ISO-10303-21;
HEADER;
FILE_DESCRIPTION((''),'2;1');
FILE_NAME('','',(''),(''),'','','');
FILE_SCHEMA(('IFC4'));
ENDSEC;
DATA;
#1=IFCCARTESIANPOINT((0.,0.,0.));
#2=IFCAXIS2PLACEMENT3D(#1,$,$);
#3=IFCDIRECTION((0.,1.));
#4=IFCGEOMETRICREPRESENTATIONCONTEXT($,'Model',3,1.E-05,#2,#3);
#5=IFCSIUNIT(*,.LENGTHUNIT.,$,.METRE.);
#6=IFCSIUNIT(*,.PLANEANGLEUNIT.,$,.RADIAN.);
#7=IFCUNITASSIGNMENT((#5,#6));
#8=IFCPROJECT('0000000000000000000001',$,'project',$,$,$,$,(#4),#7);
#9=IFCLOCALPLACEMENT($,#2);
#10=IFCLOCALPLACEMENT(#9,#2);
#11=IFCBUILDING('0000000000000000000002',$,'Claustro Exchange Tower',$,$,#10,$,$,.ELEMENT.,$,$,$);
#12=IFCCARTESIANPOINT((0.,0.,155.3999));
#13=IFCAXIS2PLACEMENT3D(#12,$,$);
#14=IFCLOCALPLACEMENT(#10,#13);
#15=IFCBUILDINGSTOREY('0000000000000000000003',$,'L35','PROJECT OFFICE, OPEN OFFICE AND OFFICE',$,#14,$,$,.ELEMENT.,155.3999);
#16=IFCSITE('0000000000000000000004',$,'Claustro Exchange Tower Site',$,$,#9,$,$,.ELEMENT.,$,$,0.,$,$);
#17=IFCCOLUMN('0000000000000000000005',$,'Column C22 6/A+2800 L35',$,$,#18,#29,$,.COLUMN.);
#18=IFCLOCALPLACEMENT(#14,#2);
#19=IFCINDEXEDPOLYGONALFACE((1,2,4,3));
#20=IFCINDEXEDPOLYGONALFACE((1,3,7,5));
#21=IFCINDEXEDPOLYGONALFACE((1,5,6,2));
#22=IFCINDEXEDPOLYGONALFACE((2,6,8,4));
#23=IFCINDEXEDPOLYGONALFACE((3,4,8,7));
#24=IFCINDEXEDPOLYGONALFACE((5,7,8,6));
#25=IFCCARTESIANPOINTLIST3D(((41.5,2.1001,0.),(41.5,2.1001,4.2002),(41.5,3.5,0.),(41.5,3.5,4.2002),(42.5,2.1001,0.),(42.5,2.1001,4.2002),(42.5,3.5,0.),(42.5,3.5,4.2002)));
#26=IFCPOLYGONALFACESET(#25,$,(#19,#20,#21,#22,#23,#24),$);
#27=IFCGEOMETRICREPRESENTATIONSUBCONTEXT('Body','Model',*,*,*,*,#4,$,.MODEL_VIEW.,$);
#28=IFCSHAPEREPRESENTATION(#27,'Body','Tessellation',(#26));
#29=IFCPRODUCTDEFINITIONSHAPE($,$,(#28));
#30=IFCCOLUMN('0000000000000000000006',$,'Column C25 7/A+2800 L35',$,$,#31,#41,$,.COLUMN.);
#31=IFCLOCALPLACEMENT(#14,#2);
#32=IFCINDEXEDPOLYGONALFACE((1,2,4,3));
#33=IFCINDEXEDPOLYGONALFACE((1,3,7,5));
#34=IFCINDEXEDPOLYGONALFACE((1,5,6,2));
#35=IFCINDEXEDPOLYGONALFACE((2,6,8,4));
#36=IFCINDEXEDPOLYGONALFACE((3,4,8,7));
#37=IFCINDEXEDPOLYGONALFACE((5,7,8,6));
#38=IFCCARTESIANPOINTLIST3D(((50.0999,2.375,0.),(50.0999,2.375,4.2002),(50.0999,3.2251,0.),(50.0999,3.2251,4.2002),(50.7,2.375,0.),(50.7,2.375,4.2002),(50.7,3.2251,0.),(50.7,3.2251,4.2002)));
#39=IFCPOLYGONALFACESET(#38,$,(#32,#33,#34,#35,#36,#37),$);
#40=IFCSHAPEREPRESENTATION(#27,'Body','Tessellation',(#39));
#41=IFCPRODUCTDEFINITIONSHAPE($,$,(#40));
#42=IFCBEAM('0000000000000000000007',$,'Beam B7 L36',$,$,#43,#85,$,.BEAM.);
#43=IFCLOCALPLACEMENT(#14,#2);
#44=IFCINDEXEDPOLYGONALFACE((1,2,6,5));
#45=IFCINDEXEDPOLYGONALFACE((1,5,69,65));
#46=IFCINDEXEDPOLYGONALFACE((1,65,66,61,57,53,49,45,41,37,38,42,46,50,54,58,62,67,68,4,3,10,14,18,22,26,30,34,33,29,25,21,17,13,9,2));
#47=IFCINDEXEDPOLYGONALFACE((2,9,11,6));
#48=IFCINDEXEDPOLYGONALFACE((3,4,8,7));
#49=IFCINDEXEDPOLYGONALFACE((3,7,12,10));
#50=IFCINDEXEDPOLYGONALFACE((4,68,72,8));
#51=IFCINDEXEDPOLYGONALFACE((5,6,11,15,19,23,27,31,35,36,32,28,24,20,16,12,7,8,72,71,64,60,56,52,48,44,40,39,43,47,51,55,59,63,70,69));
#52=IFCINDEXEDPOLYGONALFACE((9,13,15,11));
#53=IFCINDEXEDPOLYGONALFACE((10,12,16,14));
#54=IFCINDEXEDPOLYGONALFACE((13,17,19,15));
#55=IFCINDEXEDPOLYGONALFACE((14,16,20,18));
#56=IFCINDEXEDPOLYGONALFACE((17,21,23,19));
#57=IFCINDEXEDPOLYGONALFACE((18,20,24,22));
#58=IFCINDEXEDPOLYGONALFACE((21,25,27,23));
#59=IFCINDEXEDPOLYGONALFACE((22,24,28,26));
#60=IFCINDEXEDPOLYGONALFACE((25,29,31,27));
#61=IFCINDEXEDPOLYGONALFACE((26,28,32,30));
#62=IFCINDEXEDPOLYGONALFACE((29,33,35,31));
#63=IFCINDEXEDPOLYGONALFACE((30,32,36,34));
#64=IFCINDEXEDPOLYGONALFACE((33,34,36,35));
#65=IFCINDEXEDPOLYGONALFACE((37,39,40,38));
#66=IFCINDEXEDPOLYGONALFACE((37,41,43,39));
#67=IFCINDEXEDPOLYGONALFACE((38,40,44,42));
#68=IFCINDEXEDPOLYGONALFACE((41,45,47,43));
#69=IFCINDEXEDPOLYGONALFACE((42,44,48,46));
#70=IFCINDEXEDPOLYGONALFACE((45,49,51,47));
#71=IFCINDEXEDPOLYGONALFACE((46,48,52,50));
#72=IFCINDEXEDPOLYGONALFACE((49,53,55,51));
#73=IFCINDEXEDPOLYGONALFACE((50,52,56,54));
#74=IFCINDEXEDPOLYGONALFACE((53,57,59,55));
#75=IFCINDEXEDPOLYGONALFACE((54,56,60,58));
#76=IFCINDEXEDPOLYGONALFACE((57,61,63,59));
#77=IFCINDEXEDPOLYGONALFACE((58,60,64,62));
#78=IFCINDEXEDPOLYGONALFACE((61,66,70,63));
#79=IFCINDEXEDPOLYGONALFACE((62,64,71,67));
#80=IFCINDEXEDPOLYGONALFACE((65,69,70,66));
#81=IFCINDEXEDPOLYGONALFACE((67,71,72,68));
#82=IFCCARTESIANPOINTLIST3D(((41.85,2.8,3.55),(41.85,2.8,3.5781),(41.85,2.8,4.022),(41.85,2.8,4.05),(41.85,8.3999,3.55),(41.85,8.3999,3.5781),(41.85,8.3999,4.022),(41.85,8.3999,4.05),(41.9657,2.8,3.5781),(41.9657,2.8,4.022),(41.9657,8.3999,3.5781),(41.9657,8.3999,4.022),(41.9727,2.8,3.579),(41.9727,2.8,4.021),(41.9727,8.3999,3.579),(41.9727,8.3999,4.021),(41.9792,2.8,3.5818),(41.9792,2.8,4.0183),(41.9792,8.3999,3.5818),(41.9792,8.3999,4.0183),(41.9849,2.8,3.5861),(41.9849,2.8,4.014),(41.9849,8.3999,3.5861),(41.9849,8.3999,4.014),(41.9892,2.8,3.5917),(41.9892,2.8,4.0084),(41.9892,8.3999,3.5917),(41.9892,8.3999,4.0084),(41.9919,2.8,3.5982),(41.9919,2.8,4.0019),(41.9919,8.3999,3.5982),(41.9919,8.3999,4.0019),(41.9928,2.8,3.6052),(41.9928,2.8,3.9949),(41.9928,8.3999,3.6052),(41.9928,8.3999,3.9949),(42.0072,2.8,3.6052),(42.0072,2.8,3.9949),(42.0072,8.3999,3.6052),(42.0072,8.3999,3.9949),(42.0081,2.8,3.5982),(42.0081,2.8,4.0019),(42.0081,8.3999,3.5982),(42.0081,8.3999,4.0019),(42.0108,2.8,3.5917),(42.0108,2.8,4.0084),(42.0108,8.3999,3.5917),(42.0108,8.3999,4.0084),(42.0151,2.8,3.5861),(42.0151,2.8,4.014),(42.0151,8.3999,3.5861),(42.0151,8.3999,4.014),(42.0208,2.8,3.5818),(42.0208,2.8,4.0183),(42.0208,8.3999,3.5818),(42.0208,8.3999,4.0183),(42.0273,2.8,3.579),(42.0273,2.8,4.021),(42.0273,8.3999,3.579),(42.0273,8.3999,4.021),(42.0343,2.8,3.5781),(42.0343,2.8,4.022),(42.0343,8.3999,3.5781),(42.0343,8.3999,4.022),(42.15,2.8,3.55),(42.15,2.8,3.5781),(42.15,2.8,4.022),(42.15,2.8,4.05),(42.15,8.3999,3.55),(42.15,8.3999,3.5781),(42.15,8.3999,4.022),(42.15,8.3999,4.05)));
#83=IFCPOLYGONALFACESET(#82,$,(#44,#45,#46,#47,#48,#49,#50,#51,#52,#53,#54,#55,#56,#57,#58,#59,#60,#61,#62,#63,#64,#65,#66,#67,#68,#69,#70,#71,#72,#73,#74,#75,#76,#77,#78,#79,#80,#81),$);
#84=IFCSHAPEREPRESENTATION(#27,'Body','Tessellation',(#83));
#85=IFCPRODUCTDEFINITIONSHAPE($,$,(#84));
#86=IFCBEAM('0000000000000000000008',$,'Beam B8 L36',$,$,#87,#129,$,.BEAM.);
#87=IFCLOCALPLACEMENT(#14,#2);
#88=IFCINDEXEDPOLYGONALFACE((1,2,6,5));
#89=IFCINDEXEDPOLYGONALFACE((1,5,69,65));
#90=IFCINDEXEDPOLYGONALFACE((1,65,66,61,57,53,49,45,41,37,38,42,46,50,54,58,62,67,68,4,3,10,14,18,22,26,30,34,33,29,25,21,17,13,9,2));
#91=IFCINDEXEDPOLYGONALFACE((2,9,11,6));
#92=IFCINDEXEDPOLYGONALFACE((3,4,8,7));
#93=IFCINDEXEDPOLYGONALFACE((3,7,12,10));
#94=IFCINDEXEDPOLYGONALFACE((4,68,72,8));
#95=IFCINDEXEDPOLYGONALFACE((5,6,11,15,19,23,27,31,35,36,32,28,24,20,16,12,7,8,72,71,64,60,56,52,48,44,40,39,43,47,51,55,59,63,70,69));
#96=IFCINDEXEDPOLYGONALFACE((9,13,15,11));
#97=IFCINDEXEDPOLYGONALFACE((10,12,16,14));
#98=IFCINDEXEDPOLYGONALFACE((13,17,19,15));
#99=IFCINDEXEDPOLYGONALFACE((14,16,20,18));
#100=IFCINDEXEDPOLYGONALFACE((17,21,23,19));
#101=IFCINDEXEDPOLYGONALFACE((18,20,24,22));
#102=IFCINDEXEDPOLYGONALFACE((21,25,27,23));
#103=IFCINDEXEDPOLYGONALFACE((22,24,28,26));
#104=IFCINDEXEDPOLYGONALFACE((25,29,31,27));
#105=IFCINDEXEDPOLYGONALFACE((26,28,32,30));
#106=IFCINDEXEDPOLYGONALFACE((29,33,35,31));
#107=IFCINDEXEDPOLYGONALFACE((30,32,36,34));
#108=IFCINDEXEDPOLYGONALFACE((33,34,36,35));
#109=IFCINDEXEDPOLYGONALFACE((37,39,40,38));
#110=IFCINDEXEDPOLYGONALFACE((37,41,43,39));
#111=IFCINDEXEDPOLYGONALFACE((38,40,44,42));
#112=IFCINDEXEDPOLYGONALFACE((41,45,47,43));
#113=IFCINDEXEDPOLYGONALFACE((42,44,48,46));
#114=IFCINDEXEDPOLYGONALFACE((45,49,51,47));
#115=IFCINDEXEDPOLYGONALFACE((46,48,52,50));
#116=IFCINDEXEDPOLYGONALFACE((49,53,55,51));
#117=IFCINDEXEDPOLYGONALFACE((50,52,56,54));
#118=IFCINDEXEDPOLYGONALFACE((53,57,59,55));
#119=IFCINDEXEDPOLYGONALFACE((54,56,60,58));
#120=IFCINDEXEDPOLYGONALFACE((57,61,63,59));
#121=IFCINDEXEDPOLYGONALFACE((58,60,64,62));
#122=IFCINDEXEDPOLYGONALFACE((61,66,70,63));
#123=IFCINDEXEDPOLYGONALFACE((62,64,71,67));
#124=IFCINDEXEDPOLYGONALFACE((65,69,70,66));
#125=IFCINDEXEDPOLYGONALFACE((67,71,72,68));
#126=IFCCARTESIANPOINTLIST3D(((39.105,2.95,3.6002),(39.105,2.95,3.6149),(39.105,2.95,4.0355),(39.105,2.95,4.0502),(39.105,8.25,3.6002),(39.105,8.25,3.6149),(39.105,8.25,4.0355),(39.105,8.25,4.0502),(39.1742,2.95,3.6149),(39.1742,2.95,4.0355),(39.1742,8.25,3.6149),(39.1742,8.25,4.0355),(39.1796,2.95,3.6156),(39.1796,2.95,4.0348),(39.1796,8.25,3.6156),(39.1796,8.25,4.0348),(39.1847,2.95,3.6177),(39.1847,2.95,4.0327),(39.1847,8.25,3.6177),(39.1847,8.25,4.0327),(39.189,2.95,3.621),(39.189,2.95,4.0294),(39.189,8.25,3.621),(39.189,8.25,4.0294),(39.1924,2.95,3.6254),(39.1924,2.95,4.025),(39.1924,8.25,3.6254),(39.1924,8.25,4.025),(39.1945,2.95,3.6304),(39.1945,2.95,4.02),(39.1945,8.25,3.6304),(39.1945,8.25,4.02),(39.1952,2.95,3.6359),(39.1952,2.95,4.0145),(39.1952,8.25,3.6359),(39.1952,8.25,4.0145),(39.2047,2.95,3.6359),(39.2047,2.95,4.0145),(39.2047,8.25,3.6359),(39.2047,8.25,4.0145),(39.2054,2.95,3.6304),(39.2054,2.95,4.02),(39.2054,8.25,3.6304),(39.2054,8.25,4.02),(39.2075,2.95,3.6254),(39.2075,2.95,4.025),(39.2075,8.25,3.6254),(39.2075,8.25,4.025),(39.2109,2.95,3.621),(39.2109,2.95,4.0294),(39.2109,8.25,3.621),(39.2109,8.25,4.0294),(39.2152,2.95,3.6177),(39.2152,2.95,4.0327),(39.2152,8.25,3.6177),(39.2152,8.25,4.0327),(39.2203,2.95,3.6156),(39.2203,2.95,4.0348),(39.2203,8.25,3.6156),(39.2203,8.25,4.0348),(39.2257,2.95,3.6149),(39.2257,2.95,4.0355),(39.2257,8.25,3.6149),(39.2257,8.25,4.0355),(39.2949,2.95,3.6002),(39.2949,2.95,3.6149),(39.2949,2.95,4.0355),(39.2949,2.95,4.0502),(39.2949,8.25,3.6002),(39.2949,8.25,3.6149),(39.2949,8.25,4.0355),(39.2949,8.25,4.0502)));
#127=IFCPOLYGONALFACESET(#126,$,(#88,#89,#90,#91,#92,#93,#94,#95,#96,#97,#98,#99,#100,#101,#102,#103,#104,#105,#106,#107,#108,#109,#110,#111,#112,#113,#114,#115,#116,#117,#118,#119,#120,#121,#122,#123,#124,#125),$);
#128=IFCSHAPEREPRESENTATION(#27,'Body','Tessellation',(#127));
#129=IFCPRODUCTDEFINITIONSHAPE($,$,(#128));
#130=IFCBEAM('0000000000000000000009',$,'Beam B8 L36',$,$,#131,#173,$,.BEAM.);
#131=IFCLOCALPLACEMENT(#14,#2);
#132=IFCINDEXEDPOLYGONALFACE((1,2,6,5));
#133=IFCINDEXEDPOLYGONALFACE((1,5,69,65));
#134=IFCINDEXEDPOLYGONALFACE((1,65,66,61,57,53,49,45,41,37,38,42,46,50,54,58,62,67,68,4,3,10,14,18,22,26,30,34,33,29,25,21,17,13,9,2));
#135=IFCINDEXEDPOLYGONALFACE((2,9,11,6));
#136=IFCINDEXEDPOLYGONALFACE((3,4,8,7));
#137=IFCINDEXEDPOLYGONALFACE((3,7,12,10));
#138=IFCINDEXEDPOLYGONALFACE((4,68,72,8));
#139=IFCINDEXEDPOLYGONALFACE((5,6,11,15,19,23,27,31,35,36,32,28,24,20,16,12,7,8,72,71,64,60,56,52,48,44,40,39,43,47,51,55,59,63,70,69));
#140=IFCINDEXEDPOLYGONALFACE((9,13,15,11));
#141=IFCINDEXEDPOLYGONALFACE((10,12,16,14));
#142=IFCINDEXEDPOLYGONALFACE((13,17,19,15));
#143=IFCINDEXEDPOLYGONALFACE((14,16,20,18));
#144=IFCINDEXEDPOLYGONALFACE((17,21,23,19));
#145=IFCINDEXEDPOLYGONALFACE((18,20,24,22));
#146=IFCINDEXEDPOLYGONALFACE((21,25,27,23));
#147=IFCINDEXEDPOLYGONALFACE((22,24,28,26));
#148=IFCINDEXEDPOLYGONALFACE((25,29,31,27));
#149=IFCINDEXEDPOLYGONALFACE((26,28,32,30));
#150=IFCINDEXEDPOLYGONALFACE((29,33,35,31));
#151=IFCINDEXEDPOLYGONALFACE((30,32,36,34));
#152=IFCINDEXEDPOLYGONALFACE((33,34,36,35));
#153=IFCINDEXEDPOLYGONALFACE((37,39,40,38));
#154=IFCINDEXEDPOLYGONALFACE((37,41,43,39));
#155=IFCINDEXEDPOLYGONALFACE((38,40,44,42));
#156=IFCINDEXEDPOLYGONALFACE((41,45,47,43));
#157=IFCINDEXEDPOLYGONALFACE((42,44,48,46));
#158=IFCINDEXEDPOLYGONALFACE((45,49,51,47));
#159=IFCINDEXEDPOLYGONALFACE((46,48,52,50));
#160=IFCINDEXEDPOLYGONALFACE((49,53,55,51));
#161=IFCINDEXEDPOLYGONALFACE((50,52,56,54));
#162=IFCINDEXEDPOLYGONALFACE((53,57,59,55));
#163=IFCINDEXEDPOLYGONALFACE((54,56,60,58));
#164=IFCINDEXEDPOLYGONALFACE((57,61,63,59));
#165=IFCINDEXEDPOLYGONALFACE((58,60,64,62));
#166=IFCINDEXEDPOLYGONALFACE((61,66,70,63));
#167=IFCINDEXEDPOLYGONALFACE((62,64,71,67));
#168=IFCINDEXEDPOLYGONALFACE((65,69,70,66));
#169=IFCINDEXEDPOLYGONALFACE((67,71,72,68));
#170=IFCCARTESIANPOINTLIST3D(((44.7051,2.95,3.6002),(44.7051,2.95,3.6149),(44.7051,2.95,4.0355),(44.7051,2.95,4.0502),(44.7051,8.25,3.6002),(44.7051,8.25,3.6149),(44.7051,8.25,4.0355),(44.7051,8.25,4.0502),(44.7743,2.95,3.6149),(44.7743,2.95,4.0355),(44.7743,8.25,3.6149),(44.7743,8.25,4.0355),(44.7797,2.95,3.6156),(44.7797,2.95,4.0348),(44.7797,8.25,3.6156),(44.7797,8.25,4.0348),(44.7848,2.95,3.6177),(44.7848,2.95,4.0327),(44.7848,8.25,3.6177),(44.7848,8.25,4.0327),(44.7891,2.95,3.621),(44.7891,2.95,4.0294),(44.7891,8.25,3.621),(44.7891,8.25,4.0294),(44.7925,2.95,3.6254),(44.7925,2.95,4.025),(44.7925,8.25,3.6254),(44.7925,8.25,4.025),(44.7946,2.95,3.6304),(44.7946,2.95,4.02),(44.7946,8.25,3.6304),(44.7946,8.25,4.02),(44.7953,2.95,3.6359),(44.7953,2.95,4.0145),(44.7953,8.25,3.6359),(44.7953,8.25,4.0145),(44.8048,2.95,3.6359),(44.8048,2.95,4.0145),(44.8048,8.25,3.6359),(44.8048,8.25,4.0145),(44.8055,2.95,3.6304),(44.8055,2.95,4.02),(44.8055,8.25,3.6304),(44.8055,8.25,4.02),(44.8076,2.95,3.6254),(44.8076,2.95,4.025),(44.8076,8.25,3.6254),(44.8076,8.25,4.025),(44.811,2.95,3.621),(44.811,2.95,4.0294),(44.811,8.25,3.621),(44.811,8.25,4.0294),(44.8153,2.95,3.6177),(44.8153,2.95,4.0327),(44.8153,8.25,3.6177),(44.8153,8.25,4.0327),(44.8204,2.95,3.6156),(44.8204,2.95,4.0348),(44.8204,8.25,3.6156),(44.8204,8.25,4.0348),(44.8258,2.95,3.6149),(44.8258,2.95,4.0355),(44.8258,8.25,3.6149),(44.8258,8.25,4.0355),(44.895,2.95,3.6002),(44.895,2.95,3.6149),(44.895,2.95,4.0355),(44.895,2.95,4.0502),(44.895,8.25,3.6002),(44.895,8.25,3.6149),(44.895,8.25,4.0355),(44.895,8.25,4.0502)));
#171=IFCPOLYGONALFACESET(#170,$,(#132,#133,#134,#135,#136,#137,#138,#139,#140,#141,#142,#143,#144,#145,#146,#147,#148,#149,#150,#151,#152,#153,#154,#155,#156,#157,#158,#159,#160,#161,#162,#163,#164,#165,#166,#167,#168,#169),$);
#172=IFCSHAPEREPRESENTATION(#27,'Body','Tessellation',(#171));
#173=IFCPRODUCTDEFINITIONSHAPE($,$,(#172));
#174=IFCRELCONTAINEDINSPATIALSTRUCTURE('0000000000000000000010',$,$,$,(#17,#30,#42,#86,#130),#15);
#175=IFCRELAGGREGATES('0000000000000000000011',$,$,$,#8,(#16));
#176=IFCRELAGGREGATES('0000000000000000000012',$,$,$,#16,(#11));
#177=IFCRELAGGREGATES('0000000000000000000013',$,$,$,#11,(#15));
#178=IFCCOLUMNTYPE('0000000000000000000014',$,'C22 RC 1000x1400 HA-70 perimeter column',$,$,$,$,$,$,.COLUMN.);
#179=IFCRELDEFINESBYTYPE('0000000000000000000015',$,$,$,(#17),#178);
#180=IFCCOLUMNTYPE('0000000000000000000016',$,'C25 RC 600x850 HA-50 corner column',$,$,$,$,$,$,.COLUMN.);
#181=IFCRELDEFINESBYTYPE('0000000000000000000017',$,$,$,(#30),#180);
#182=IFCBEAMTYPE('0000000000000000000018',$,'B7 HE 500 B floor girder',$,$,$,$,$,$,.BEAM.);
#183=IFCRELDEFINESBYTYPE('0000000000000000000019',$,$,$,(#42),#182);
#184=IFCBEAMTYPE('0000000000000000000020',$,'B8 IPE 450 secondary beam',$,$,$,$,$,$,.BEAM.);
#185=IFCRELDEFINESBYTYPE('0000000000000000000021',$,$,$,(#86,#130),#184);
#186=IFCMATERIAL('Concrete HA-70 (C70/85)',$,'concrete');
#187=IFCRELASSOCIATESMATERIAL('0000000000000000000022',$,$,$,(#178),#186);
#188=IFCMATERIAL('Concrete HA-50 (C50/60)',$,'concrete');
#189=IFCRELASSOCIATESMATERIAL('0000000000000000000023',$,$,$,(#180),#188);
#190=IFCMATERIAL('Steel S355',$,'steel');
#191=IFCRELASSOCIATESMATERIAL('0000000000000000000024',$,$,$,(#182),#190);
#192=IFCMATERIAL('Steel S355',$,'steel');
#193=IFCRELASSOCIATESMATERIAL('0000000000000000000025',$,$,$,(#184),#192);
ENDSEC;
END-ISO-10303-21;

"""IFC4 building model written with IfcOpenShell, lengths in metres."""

from ifc_helpers import new_model, si_unit, direction, frame, origin, origin_2d, place, context, subcontext, project, spatial, rectangle, i_section, extrude, material, material_profile, profile_set, type_object, element, save


model = new_model("IFC4")

# Units and contexts
model_context = context("Model", 3, precision=1e-05, world=origin(), true_north=direction((0.0, 1.0)))
body_context = subcontext(model_context, "Body", "Model", "MODEL_VIEW")
ifc_project = project(units=[si_unit("LENGTHUNIT", "METRE"), si_unit("PLANEANGLEUNIT", "RADIAN")], contexts=[model_context])

# Site, building, storey
site_placement = place(None, origin())
site = spatial("IfcSite", under=ifc_project, at=site_placement, Name="Claustro Exchange Tower Site", CompositionType="ELEMENT", RefElevation=0.0)
building_placement = place(site_placement, origin())
building = spatial("IfcBuilding", under=site, at=building_placement, Name="Claustro Exchange Tower", CompositionType="ELEMENT")
storey_placement = place(building_placement, frame((0.0, 0.0, 155.3999)))
storey = spatial("IfcBuildingStorey", under=building, at=storey_placement, Name="L35", Description="PROJECT OFFICE, OPEN OFFICE AND OFFICE", CompositionType="ELEMENT", Elevation=155.3999)

# Columns
ifc_material_1 = material(Name="Concrete HA-70 (C70/85)", Category="concrete")
ifc_material_profile_1 = material_profile(ifc_material_1, rectangle(XDim=1.0, YDim=1.3999, at=origin_2d()), Name="RC 1000x1400")
ifc_profile_set_1 = profile_set([ifc_material_profile_1], Name="Concrete HA-70 (C70/85)")
column_type_1 = type_object("IfcColumnType", Name="C22 RC 1000x1400 HA-70 perimeter column", PredefinedType="COLUMN", material=ifc_profile_set_1)
column_1_placement = place(storey_placement, frame((42.0, 2.8, 0.0), z_axis=(0.0, 0.0, 1.0), x_axis=(1.0, 0.0, 0.0)))
element("IfcColumn", 1, at=column_1_placement, inside=storey, type_object=column_type_1, Name="Column C22 6/A+2800 L35", PredefinedType="COLUMN", context=body_context, shape_type="SweptSolid", body=[
    extrude(rectangle(XDim=1.0, YDim=1.3999, at=origin_2d()), origin(), (0.0, 0.0, 1.0), 4.2002),
])
ifc_material_2 = material(Name="Concrete HA-50 (C50/60)", Category="concrete")
ifc_material_profile_2 = material_profile(ifc_material_2, rectangle(XDim=0.6001, YDim=0.8501, at=origin_2d()), Name="RC 600x850")
ifc_profile_set_2 = profile_set([ifc_material_profile_2], Name="Concrete HA-50 (C50/60)")
column_type_2 = type_object("IfcColumnType", Name="C25 RC 600x850 HA-50 corner column", PredefinedType="COLUMN", material=ifc_profile_set_2)
column_2_placement = place(storey_placement, frame((50.3999, 2.8, 0.0), z_axis=(0.0, 0.0, 1.0), x_axis=(1.0, 0.0, 0.0)))
element("IfcColumn", 2, at=column_2_placement, inside=storey, type_object=column_type_2, Name="Column C25 7/A+2800 L35", PredefinedType="COLUMN", context=body_context, shape_type="SweptSolid", body=[
    extrude(rectangle(XDim=0.6001, YDim=0.8501, at=origin_2d()), origin(), (0.0, 0.0, 1.0), 4.2002),
])

# Beams
ifc_material_3 = material(Name="Steel S355", Category="steel")
ifc_material_profile_3 = material_profile(ifc_material_3, i_section(OverallWidth=0.3, OverallDepth=0.5, WebThickness=0.0144, FlangeThickness=0.0281, FilletRadius=0.0271, at=origin_2d()), Name="HE 500 B")
ifc_profile_set_3 = profile_set([ifc_material_profile_3], Name="Steel S355")
beam_type_1 = type_object("IfcBeamType", Name="B7 HE 500 B floor girder", PredefinedType="BEAM", material=ifc_profile_set_3)
beam_1_placement = place(storey_placement, frame((42.0, 2.8, 3.8), z_axis=(0.0, 1.0, 0.0), x_axis=(-1.0, 0.0, 0.0)))
element("IfcBeam", 3, at=beam_1_placement, inside=storey, type_object=beam_type_1, Name="Beam B7 L36", PredefinedType="BEAM", context=body_context, shape_type="SweptSolid", body=[
    extrude(i_section(OverallWidth=0.3, OverallDepth=0.5, WebThickness=0.0144, FlangeThickness=0.0281, FilletRadius=0.0271, at=origin_2d()), origin(), (0.0, 0.0, 1.0), 5.5999),
])
ifc_material_4 = material(Name="Steel S355", Category="steel")
ifc_material_profile_4 = material_profile(ifc_material_4, i_section(OverallWidth=0.1899, OverallDepth=0.45, WebThickness=0.0095, FlangeThickness=0.0146, FilletRadius=0.021, at=origin_2d()), Name="IPE 450")
ifc_profile_set_4 = profile_set([ifc_material_profile_4], Name="Steel S355")
beam_type_2 = type_object("IfcBeamType", Name="B8 IPE 450 secondary beam", PredefinedType="BEAM", material=ifc_profile_set_4)
for number, where, z_axis, x_axis, name in (
    (4, (39.2, 2.95, 3.8252), (0.0, 1.0, 0.0), (-1.0, 0.0, 0.0), "Beam B8 L36"),
    (5, (44.8, 2.95, 3.8252), (0.0, 1.0, 0.0), (-1.0, 0.0, 0.0), "Beam B8 L36"),
):
    element("IfcBeam", number, at=place(storey_placement, frame(where, z_axis=z_axis, x_axis=x_axis)), inside=storey, type_object=beam_type_2, Name=name, PredefinedType="BEAM", context=body_context, shape_type="SweptSolid", body=[
        extrude(i_section(OverallWidth=0.1899, OverallDepth=0.45, WebThickness=0.0095, FlangeThickness=0.0146, FilletRadius=0.021, at=origin_2d()), origin(), (0.0, 0.0, 1.0), 5.3),
    ])

save(model, "model.ifc")
